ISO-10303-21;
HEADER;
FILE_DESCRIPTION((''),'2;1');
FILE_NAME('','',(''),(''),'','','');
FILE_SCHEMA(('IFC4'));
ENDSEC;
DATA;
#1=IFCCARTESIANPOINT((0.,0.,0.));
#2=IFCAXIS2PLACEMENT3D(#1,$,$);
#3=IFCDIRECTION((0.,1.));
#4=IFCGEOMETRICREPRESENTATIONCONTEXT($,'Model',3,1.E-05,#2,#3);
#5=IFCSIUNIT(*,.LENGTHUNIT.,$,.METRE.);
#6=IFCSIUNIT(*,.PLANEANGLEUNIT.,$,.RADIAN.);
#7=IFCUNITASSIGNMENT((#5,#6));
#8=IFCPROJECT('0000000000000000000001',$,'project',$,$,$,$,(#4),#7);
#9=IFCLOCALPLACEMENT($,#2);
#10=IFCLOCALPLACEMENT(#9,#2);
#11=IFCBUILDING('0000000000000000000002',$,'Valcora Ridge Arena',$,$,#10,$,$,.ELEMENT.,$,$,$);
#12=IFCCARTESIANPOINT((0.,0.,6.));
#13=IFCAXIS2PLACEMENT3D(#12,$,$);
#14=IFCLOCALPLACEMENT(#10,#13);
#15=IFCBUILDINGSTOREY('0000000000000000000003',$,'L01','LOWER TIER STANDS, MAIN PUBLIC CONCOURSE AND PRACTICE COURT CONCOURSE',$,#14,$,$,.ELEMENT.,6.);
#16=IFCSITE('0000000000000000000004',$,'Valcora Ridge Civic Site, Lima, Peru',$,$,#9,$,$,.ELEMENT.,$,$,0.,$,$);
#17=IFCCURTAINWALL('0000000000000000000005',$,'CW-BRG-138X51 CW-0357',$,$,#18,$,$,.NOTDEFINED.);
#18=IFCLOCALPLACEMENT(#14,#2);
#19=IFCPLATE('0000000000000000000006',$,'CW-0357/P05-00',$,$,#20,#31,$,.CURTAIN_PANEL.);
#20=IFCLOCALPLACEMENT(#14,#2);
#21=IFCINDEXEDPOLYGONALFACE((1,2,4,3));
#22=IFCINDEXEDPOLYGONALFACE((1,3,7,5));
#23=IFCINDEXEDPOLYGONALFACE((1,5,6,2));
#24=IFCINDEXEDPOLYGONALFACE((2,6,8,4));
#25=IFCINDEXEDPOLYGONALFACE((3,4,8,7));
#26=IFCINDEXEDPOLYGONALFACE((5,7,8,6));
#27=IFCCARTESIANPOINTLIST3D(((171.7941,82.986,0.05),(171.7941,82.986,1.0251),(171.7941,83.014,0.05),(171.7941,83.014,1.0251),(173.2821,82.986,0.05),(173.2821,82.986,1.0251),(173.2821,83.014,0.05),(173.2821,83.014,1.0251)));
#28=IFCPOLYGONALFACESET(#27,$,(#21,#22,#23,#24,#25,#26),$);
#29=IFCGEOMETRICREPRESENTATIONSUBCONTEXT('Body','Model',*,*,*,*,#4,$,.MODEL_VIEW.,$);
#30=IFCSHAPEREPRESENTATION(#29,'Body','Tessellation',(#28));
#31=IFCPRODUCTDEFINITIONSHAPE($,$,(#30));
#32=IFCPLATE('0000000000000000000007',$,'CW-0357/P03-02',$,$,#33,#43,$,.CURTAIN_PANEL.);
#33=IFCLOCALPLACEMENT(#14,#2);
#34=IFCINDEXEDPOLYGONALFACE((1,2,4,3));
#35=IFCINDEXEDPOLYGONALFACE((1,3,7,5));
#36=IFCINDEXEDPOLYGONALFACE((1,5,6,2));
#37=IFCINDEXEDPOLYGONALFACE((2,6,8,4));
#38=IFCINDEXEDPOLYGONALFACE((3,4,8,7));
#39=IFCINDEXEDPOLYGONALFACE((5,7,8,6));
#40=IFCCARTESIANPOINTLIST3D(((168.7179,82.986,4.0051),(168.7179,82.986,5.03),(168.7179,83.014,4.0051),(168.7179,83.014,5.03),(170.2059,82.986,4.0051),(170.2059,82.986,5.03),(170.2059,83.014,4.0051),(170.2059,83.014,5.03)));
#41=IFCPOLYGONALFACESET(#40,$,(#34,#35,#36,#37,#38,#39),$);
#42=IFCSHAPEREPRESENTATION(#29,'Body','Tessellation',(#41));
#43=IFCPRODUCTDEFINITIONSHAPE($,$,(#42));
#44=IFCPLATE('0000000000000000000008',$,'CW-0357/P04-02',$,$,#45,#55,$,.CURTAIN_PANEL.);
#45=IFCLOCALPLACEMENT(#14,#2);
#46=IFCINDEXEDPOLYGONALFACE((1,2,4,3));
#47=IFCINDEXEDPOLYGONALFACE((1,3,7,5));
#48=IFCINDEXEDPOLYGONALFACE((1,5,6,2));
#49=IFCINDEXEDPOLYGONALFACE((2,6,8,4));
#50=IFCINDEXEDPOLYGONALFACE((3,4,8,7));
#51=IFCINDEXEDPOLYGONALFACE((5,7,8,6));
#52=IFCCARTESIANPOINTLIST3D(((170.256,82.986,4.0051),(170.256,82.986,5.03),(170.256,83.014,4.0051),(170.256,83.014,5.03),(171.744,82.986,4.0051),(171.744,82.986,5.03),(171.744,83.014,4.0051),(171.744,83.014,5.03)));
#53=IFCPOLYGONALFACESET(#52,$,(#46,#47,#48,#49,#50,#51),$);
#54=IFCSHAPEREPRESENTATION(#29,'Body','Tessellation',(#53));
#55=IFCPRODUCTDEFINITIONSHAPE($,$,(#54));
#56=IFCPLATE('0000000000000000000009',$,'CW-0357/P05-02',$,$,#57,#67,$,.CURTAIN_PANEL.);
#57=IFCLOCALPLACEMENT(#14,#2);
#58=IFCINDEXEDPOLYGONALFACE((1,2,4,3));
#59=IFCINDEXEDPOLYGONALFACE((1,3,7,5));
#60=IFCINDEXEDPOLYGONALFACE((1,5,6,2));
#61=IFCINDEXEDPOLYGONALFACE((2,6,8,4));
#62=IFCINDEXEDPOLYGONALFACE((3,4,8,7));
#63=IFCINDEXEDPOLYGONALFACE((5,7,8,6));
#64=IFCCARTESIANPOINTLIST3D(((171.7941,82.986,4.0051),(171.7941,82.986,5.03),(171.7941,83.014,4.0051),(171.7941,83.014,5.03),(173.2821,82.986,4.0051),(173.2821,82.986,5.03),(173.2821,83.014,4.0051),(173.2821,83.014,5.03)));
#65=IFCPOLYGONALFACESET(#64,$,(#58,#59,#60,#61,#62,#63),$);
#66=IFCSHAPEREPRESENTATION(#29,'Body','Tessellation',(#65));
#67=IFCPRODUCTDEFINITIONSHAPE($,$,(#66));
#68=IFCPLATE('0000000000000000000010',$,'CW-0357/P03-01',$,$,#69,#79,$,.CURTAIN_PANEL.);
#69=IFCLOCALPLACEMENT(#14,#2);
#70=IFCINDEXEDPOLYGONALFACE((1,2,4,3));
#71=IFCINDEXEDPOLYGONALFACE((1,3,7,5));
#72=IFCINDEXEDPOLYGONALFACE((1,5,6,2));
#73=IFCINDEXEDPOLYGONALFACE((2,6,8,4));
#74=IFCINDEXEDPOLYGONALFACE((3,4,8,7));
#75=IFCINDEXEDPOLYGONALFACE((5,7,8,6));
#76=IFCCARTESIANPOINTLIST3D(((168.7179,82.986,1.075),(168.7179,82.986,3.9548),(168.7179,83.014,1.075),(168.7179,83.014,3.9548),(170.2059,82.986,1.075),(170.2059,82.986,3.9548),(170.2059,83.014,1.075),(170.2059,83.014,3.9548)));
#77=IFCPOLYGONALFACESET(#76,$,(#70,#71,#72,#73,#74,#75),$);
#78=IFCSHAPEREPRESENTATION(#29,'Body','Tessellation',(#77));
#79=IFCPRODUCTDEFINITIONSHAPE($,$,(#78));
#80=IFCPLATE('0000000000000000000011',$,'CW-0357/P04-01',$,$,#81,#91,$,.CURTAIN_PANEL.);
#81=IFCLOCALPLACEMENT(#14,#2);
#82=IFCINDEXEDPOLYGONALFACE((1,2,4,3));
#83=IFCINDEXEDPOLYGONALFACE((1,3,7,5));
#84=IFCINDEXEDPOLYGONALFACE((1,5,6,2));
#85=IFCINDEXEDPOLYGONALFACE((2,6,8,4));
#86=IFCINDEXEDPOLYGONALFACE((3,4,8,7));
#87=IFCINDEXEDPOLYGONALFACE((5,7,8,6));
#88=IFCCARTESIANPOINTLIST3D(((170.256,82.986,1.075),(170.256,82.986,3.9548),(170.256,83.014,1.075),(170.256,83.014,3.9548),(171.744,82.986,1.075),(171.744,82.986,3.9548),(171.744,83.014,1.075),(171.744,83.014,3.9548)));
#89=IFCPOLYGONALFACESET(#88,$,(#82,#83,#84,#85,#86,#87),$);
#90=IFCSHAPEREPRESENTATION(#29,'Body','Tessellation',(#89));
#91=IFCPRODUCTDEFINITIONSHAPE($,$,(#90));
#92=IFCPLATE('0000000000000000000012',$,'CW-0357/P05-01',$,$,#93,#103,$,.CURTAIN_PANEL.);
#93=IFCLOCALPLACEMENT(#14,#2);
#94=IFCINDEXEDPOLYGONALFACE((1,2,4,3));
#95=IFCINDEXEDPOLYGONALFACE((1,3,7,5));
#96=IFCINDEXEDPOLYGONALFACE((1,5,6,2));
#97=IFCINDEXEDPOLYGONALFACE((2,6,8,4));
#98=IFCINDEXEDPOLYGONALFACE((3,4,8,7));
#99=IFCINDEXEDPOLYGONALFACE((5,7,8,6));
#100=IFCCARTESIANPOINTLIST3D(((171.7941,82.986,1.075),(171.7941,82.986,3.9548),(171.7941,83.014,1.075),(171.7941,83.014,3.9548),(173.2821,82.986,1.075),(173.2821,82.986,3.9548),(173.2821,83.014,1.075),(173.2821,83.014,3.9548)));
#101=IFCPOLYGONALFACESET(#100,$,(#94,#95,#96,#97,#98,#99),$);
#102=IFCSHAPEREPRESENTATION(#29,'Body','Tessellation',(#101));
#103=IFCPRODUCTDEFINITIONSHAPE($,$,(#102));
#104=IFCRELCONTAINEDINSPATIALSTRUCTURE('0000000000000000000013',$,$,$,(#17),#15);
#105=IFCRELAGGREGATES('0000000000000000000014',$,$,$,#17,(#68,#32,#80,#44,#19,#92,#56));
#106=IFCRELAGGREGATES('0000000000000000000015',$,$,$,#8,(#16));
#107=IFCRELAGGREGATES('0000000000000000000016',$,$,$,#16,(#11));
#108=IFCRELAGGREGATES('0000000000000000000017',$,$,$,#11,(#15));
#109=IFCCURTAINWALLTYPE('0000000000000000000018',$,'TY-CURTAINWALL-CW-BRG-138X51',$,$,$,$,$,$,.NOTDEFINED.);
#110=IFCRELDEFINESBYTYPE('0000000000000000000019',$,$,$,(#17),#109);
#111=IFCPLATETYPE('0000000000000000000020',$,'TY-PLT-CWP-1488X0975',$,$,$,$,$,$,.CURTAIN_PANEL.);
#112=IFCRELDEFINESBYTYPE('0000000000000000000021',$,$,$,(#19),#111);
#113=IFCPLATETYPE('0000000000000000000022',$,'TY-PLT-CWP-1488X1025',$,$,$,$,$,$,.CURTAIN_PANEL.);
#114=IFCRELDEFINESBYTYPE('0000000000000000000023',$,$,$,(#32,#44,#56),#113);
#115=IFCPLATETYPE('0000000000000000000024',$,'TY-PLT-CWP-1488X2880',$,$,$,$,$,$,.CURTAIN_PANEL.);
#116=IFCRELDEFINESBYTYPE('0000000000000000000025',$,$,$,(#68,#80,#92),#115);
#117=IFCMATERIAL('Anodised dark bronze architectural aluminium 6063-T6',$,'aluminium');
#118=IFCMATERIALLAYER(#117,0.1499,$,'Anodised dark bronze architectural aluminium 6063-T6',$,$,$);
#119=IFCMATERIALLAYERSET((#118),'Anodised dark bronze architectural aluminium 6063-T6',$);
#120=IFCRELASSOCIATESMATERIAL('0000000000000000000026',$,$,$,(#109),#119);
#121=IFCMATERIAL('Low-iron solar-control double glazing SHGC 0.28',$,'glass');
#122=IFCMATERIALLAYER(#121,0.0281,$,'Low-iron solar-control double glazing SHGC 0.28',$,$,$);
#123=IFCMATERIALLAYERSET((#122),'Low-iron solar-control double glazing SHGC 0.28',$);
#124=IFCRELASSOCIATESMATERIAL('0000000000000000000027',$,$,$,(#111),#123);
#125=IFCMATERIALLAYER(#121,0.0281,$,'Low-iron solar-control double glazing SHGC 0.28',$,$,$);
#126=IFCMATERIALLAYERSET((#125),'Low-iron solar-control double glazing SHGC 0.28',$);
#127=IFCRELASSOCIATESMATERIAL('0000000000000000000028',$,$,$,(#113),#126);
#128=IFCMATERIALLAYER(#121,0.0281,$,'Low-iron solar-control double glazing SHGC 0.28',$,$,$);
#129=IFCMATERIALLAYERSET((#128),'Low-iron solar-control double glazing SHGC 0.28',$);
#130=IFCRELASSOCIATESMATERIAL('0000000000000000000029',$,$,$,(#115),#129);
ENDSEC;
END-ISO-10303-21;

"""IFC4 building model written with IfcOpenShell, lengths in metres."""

from ifc_helpers import new_model, si_unit, direction, frame, origin, origin_2d, place, context, subcontext, project, spatial, rectangle, extrude, material, layer, layer_set, type_object, element, aggregate, save


model = new_model("IFC4")

# Units and contexts
model_context = context("Model", 3, precision=1e-05, world=origin(), true_north=direction((0.0, 1.0)))
body_context = subcontext(model_context, "Body", "Model", "MODEL_VIEW")
ifc_project = project(units=[si_unit("LENGTHUNIT", "METRE"), si_unit("PLANEANGLEUNIT", "RADIAN")], contexts=[model_context])

# Site, building, storey
site_placement = place(None, origin())
site = spatial("IfcSite", under=ifc_project, at=site_placement, Name="Valcora Ridge Civic Site, Lima, Peru", CompositionType="ELEMENT", RefElevation=0.0)
building_placement = place(site_placement, origin())
building = spatial("IfcBuilding", under=site, at=building_placement, Name="Valcora Ridge Arena", CompositionType="ELEMENT")
storey_placement = place(building_placement, frame((0.0, 0.0, 6.0)))
storey = spatial("IfcBuildingStorey", under=building, at=storey_placement, Name="L01", Description="LOWER TIER STANDS, MAIN PUBLIC CONCOURSE AND PRACTICE COURT CONCOURSE", CompositionType="ELEMENT", Elevation=6.0)

# Curtain wall, plates
ifc_material_1 = material(Name="Anodised dark bronze architectural aluminium 6063-T6", Category="aluminium")
ifc_layer_1 = layer(ifc_material_1, 0.1499, Name="Anodised dark bronze architectural aluminium 6063-T6")
ifc_layer_set_1 = layer_set([ifc_layer_1], Name="Anodised dark bronze architectural aluminium 6063-T6")
curtain_wall_type = type_object("IfcCurtainWallType", Name="TY-CURTAINWALL-CW-BRG-138X51", PredefinedType="NOTDEFINED", material=ifc_layer_set_1)
curtain_wall_placement = place(storey_placement, origin())
curtain_wall = element("IfcCurtainWall", 1, at=curtain_wall_placement, inside=storey, type_object=curtain_wall_type, Name="CW-BRG-138X51 CW-0357", PredefinedType="NOTDEFINED")
ifc_material_2 = material(Name="Low-iron solar-control double glazing SHGC 0.28", Category="glass")
ifc_layer_2 = layer(ifc_material_2, 0.0281, Name="Low-iron solar-control double glazing SHGC 0.28")
ifc_layer_set_2 = layer_set([ifc_layer_2], Name="Low-iron solar-control double glazing SHGC 0.28")
plate_type_1 = type_object("IfcPlateType", Name="TY-PLT-CWP-1488X0975", PredefinedType="CURTAIN_PANEL", material=ifc_layer_set_2)
plate_1_placement = place(storey_placement, frame((172.5381, 83.0, 0.05), z_axis=(0.0, 0.0, 1.0), x_axis=(1.0, 0.0, 0.0)))
plate_1 = element("IfcPlate", 2, at=plate_1_placement, type_object=plate_type_1, Name="CW-0357/P05-00", PredefinedType="CURTAIN_PANEL", context=body_context, shape_type="SweptSolid", body=[
    extrude(rectangle(XDim=1.488, YDim=0.0281, at=origin_2d()), origin(), (0.0, 0.0, 1.0), 0.9751),
])
ifc_layer_3 = layer(ifc_material_2, 0.0281, Name="Low-iron solar-control double glazing SHGC 0.28")
ifc_layer_set_3 = layer_set([ifc_layer_3], Name="Low-iron solar-control double glazing SHGC 0.28")
plate_type_2 = type_object("IfcPlateType", Name="TY-PLT-CWP-1488X1025", PredefinedType="CURTAIN_PANEL", material=ifc_layer_set_3)
plate_2_placement = place(storey_placement, frame((169.4619, 83.0, 4.0051), z_axis=(0.0, 0.0, 1.0), x_axis=(1.0, 0.0, 0.0)))
plate_2 = element("IfcPlate", 3, at=plate_2_placement, type_object=plate_type_2, Name="CW-0357/P03-02", PredefinedType="CURTAIN_PANEL", context=body_context, shape_type="SweptSolid", body=[
    extrude(rectangle(XDim=1.488, YDim=0.0281, at=origin_2d()), origin(), (0.0, 0.0, 1.0), 1.0249),
])
plate_3_placement = place(storey_placement, frame((171.0, 83.0, 4.0051), z_axis=(0.0, 0.0, 1.0), x_axis=(1.0, 0.0, 0.0)))
plate_3 = element("IfcPlate", 4, at=plate_3_placement, type_object=plate_type_2, Name="CW-0357/P04-02", PredefinedType="CURTAIN_PANEL", context=body_context, shape_type="SweptSolid", body=[
    extrude(rectangle(XDim=1.488, YDim=0.0281, at=origin_2d()), origin(), (0.0, 0.0, 1.0), 1.0249),
])
plate_4_placement = place(storey_placement, frame((172.5381, 83.0, 4.0051), z_axis=(0.0, 0.0, 1.0), x_axis=(1.0, 0.0, 0.0)))
plate_4 = element("IfcPlate", 5, at=plate_4_placement, type_object=plate_type_2, Name="CW-0357/P05-02", PredefinedType="CURTAIN_PANEL", context=body_context, shape_type="SweptSolid", body=[
    extrude(rectangle(XDim=1.488, YDim=0.0281, at=origin_2d()), origin(), (0.0, 0.0, 1.0), 1.0249),
])
ifc_layer_4 = layer(ifc_material_2, 0.0281, Name="Low-iron solar-control double glazing SHGC 0.28")
ifc_layer_set_4 = layer_set([ifc_layer_4], Name="Low-iron solar-control double glazing SHGC 0.28")
plate_type_3 = type_object("IfcPlateType", Name="TY-PLT-CWP-1488X2880", PredefinedType="CURTAIN_PANEL", material=ifc_layer_set_4)
plate_5_placement = place(storey_placement, frame((169.4619, 83.0, 1.075), z_axis=(0.0, 0.0, 1.0), x_axis=(1.0, 0.0, 0.0)))
plate_5 = element("IfcPlate", 6, at=plate_5_placement, type_object=plate_type_3, Name="CW-0357/P03-01", PredefinedType="CURTAIN_PANEL", context=body_context, shape_type="SweptSolid", body=[
    extrude(rectangle(XDim=1.488, YDim=0.0281, at=origin_2d()), origin(), (0.0, 0.0, 1.0), 2.8799),
])
plate_6_placement = place(storey_placement, frame((171.0, 83.0, 1.075), z_axis=(0.0, 0.0, 1.0), x_axis=(1.0, 0.0, 0.0)))
plate_6 = element("IfcPlate", 7, at=plate_6_placement, type_object=plate_type_3, Name="CW-0357/P04-01", PredefinedType="CURTAIN_PANEL", context=body_context, shape_type="SweptSolid", body=[
    extrude(rectangle(XDim=1.488, YDim=0.0281, at=origin_2d()), origin(), (0.0, 0.0, 1.0), 2.8799),
])
plate_7_placement = place(storey_placement, frame((172.5381, 83.0, 1.075), z_axis=(0.0, 0.0, 1.0), x_axis=(1.0, 0.0, 0.0)))
plate_7 = element("IfcPlate", 8, at=plate_7_placement, type_object=plate_type_3, Name="CW-0357/P05-01", PredefinedType="CURTAIN_PANEL", context=body_context, shape_type="SweptSolid", body=[
    extrude(rectangle(XDim=1.488, YDim=0.0281, at=origin_2d()), origin(), (0.0, 0.0, 1.0), 2.8799),
])
aggregate(curtain_wall, [plate_5, plate_2, plate_6, plate_3, plate_1, plate_7, plate_4])

save(model, "model.ifc")
